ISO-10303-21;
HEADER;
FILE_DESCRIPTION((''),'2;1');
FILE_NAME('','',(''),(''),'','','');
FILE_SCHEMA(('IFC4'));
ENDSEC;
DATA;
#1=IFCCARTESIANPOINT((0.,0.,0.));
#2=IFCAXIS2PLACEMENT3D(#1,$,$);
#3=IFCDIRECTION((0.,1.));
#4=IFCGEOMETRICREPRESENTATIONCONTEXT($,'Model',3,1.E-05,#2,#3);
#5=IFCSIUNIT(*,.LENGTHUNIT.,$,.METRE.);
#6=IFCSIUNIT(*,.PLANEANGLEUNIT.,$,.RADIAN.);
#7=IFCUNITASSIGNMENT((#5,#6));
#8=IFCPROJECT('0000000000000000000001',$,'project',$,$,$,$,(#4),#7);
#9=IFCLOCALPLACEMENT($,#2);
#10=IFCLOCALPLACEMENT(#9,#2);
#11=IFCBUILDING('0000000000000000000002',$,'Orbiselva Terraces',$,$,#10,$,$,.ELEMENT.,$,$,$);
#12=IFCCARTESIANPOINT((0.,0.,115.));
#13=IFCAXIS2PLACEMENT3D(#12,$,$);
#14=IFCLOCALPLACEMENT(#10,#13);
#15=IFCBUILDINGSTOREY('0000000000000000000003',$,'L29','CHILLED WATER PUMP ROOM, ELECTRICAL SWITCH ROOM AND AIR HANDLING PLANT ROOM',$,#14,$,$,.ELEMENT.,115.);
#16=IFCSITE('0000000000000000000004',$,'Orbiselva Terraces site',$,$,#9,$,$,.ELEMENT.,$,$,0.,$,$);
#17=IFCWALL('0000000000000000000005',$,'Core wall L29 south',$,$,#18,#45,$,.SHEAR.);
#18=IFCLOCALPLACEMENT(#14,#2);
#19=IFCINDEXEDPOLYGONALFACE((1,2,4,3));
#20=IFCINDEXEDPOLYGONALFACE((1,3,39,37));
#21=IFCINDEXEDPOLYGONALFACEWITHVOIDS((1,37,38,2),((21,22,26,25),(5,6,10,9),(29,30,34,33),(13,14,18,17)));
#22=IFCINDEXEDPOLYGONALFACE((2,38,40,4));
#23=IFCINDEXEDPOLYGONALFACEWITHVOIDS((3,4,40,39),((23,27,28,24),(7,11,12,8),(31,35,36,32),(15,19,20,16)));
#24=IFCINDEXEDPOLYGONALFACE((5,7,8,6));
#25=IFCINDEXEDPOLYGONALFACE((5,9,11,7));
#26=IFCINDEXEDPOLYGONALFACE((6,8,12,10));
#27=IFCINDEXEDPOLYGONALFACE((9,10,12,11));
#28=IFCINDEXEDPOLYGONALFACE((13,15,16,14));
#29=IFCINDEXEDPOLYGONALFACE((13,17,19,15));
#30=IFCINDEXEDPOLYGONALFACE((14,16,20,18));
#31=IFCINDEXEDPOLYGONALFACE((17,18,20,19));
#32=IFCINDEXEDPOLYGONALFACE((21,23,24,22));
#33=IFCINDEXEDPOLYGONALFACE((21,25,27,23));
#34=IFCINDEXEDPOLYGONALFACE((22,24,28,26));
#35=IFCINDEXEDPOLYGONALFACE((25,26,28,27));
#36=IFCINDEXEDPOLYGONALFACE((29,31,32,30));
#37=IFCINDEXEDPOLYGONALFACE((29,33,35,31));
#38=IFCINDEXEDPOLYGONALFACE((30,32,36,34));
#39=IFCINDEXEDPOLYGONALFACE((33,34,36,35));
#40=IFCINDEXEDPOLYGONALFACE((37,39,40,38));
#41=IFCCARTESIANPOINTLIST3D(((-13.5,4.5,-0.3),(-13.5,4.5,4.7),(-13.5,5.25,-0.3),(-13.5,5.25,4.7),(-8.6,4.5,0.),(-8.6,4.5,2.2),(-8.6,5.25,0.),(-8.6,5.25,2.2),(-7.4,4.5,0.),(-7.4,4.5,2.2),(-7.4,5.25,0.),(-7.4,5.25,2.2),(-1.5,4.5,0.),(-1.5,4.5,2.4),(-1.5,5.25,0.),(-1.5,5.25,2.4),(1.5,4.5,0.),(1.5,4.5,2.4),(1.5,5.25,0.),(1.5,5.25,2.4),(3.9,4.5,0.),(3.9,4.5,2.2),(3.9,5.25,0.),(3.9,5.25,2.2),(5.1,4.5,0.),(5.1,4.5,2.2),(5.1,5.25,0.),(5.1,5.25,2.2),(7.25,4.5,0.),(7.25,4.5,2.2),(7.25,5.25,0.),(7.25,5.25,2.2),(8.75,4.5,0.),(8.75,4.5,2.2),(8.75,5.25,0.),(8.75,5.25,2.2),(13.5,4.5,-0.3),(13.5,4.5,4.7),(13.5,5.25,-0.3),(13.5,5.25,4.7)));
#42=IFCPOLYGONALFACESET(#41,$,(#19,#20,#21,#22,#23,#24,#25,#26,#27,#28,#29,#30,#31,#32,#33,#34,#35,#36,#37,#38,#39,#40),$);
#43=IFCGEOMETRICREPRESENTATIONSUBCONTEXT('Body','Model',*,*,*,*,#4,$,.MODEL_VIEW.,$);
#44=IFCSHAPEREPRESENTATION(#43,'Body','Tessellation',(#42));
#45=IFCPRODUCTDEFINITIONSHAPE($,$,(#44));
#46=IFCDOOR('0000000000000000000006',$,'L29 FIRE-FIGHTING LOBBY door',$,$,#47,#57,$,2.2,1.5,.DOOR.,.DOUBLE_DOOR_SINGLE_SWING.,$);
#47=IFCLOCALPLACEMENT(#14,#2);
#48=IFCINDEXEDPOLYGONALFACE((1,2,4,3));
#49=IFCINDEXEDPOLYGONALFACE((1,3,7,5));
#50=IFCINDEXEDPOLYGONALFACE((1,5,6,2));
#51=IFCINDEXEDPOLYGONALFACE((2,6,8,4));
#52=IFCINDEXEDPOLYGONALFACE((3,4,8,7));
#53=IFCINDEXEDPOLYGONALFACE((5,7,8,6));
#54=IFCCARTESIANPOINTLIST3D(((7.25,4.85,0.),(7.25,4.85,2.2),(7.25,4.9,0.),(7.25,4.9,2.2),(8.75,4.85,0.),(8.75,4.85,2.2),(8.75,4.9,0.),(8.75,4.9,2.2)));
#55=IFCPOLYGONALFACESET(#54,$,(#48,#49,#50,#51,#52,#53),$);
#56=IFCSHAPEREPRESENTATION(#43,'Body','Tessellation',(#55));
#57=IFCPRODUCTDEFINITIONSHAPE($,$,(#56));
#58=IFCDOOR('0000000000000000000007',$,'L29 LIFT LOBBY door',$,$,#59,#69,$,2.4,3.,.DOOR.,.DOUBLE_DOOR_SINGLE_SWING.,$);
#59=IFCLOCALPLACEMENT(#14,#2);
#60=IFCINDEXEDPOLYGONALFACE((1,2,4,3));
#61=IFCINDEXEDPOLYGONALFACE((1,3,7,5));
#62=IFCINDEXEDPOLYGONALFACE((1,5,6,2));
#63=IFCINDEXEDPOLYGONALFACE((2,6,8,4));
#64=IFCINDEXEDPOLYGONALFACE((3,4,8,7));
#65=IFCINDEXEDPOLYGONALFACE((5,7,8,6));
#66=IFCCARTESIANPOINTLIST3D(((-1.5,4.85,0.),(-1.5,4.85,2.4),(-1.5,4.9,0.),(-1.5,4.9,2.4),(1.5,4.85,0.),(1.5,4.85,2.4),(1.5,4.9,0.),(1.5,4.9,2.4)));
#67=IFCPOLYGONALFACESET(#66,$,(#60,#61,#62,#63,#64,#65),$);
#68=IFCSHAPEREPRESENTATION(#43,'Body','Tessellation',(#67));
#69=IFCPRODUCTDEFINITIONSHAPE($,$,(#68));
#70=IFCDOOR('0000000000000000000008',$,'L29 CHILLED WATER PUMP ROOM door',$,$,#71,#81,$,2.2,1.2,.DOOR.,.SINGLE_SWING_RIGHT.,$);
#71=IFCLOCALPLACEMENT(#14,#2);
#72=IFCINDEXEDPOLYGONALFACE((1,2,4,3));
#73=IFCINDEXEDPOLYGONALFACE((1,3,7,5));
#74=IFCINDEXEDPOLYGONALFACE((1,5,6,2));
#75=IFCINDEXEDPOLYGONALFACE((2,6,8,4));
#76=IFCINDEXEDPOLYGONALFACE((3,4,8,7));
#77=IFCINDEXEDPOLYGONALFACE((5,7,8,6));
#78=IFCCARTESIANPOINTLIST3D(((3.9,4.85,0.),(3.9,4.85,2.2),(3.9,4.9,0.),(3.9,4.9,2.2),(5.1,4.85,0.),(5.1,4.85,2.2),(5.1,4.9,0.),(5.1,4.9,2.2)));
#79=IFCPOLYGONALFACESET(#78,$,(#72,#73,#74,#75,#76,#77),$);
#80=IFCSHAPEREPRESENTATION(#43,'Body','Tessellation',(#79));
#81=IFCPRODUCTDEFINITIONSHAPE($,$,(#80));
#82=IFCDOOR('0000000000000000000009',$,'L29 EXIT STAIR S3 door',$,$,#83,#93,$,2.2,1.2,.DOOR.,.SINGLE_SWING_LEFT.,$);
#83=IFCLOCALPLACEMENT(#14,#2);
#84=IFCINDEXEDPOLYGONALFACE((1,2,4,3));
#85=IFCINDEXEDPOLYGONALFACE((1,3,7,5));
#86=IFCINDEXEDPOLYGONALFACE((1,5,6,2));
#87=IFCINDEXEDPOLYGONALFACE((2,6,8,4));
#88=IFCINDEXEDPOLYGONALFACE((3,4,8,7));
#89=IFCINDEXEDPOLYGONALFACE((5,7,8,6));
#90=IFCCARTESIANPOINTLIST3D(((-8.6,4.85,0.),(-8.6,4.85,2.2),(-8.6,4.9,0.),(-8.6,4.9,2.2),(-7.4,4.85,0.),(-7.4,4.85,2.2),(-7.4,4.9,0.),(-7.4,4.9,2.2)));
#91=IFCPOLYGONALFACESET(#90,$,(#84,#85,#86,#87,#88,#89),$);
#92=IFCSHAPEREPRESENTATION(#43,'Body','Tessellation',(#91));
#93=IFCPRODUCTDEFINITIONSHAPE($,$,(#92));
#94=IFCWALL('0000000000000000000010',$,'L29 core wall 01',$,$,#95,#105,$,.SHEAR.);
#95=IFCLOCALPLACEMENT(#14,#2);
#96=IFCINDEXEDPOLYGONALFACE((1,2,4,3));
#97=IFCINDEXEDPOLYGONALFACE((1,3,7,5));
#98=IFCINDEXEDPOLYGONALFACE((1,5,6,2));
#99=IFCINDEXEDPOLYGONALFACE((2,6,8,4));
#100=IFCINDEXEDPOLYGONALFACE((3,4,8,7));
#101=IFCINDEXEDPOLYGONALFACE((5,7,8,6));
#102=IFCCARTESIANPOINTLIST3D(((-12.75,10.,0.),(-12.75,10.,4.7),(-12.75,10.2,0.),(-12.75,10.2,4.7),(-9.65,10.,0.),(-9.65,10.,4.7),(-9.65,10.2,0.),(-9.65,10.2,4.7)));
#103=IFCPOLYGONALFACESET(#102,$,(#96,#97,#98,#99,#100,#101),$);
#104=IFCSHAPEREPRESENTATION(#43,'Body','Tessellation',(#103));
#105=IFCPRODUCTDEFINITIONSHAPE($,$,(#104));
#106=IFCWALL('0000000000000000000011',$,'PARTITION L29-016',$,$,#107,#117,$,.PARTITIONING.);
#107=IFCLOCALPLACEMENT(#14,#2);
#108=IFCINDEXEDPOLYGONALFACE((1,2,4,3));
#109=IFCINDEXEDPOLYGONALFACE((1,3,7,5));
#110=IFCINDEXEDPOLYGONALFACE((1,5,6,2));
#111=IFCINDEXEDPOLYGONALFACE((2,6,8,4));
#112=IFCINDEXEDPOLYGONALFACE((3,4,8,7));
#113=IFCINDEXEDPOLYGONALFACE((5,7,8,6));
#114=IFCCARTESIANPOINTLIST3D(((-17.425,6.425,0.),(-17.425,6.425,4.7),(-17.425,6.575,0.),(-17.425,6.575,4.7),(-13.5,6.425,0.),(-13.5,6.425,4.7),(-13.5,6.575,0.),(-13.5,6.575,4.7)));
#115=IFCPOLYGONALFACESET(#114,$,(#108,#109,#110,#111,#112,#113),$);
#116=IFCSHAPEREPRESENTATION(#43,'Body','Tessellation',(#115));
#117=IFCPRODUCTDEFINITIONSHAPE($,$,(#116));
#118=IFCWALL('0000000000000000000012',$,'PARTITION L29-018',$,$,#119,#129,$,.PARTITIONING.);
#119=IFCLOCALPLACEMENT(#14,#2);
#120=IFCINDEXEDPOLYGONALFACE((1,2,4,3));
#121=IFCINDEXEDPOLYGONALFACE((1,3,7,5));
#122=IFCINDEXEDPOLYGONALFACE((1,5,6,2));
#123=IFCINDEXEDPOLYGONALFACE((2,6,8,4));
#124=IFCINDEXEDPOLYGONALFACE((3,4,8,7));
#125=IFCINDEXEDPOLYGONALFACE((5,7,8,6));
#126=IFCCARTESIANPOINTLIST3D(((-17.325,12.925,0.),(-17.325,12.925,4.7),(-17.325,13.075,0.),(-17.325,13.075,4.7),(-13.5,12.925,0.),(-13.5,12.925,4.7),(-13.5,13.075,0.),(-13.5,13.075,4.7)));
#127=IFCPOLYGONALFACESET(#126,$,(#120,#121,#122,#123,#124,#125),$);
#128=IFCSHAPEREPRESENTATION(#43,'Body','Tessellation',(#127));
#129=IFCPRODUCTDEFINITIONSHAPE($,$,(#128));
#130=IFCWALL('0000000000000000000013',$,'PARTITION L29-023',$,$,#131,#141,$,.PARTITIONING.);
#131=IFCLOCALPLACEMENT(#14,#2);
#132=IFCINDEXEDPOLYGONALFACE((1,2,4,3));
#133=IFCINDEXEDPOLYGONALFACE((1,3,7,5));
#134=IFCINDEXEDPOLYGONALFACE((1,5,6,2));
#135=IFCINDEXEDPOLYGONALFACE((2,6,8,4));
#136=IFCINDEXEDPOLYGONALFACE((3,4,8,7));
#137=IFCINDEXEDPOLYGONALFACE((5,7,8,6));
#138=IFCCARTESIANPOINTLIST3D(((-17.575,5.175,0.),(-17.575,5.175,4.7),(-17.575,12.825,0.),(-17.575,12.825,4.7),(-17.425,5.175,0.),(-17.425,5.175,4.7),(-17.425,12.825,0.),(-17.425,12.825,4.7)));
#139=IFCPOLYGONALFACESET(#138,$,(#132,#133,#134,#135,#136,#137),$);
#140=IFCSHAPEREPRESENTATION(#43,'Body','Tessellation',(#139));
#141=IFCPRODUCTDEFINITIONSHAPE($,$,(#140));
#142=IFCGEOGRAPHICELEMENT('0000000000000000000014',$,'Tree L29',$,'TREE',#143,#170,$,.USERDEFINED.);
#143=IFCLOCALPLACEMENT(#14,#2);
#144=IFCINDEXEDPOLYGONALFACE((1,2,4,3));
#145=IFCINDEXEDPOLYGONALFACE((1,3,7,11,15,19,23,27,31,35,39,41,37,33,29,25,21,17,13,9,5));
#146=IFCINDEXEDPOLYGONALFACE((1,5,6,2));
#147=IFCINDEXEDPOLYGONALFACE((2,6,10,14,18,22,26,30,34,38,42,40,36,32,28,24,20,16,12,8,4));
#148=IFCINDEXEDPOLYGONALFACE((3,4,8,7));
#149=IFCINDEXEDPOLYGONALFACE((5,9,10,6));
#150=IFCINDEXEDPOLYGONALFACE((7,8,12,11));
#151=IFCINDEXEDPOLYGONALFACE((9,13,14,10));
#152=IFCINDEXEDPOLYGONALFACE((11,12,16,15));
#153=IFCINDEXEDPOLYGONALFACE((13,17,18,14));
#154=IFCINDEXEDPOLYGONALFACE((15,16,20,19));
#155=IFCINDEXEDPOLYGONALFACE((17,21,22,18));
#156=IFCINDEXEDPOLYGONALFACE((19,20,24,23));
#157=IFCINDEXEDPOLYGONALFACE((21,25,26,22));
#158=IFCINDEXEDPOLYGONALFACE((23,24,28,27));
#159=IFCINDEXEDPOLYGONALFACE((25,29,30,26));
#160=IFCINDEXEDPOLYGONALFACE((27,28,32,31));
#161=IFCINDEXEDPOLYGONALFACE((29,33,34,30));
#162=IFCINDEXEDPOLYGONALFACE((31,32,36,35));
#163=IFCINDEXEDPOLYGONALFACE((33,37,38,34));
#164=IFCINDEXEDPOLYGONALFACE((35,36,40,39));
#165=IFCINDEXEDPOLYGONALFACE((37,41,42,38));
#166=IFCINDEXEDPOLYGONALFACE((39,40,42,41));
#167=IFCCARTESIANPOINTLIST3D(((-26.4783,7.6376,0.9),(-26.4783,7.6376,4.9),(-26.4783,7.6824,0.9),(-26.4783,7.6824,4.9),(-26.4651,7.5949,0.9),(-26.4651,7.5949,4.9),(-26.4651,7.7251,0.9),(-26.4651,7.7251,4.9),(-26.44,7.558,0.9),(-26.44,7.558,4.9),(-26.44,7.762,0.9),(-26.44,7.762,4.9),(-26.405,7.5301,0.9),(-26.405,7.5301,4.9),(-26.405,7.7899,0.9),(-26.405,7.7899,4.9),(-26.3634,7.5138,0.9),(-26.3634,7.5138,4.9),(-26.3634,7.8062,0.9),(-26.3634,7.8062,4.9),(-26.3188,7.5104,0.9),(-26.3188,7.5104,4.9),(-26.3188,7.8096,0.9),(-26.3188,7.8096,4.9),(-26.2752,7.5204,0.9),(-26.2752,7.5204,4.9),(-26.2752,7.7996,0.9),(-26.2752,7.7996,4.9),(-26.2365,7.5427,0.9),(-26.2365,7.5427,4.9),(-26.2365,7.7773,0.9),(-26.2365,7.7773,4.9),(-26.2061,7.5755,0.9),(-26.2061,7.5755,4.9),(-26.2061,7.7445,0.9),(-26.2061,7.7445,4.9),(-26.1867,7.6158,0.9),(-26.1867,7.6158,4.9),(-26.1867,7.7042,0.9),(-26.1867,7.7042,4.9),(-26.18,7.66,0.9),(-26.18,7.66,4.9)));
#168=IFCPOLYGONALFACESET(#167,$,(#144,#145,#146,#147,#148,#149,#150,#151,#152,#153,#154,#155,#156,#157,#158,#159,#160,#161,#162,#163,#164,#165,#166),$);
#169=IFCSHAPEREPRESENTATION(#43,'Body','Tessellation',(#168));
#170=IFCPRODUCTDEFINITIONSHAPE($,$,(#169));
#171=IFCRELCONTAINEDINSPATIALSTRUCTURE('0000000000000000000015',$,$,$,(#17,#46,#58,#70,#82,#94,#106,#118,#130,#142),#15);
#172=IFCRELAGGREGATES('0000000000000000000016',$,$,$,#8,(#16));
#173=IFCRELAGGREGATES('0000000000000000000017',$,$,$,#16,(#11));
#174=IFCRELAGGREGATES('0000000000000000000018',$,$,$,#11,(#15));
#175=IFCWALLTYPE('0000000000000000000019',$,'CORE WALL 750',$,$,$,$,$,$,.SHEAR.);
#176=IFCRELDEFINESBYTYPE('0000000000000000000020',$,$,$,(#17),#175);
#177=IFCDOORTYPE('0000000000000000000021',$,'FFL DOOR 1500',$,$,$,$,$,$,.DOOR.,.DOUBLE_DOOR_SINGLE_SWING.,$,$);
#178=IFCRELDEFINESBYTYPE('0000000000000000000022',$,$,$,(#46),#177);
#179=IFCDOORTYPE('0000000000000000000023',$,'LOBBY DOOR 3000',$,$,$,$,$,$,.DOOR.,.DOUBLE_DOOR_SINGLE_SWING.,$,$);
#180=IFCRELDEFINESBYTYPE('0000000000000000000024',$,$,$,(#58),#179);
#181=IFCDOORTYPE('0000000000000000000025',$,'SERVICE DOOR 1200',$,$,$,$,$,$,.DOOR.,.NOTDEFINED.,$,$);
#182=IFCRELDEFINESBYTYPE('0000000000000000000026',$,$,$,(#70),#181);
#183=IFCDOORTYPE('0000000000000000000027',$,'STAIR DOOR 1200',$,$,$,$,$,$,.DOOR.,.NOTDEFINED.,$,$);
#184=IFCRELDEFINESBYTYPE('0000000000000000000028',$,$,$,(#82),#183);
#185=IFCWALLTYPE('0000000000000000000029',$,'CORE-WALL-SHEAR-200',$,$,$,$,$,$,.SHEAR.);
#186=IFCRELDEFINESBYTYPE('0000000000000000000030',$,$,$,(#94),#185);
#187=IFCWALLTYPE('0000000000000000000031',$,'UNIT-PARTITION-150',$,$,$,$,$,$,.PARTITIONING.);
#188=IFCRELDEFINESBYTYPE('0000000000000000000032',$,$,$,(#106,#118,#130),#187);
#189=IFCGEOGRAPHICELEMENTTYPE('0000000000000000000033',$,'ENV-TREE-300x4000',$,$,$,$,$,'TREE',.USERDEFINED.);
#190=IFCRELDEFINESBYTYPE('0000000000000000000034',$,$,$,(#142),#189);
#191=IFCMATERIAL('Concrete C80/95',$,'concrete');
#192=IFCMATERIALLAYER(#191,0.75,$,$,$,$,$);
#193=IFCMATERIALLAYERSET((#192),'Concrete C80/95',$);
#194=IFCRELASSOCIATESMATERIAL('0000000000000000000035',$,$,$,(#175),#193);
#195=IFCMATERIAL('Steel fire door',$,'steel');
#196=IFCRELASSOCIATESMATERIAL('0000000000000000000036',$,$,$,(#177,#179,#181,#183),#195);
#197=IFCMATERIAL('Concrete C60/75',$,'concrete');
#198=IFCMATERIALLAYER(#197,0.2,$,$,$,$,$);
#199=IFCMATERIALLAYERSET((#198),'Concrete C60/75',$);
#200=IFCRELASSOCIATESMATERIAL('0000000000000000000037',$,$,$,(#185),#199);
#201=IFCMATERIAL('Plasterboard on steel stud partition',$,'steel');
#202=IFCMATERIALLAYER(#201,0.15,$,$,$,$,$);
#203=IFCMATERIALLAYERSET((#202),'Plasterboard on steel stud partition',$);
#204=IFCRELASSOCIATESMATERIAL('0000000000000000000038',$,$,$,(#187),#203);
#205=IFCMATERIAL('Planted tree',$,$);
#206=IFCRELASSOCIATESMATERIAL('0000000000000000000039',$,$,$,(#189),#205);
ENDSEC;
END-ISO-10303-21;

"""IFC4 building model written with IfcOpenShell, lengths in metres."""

from ifc_helpers import new_model, si_unit, direction, frame, frame_2d, origin, origin_2d, place, context, subcontext, project, spatial, rectangle, circle, extrude, material, layer, layer_set, type_object, element, fill, save


model = new_model("IFC4")

# Units and contexts
model_context = context("Model", 3, precision=1e-05, world=origin(), true_north=direction((0.0, 1.0)))
body_context = subcontext(model_context, "Body", "Model", "MODEL_VIEW")
ifc_project = project(units=[si_unit("LENGTHUNIT", "METRE"), si_unit("PLANEANGLEUNIT", "RADIAN")], contexts=[model_context])

# Site, building, storey
site_placement = place(None, origin())
site = spatial("IfcSite", under=ifc_project, at=site_placement, Name="Orbiselva Terraces site", CompositionType="ELEMENT", RefElevation=0.0)
building_placement = place(site_placement, origin())
building = spatial("IfcBuilding", under=site, at=building_placement, Name="Orbiselva Terraces", CompositionType="ELEMENT")
storey_placement = place(building_placement, frame((0.0, 0.0, 115.0)))
storey = spatial("IfcBuildingStorey", under=building, at=storey_placement, Name="L29", Description="CHILLED WATER PUMP ROOM, ELECTRICAL SWITCH ROOM AND AIR HANDLING PLANT ROOM", CompositionType="ELEMENT", Elevation=115.0)

# Shared definitions
ifc_material_1 = material(Name="Concrete C60/75", Category="concrete")

# Wall, openings, doors
ifc_material_2 = material(Name="Concrete C80/95", Category="concrete")
ifc_layer_1 = layer(ifc_material_2, 0.75)
ifc_layer_set_1 = layer_set([ifc_layer_1], Name="Concrete C80/95")
wall_type_1 = type_object("IfcWallType", Name="CORE WALL 750", PredefinedType="SHEAR", material=ifc_layer_set_1)
wall_1_placement = place(storey_placement, frame((-13.5, 4.875, -0.3), z_axis=(0.0, 0.0, 1.0), x_axis=(1.0, 0.0, 0.0)))
wall_1 = element("IfcWall", 1, at=wall_1_placement, inside=storey, type_object=wall_type_1, Name="Core wall L29 south", PredefinedType="SHEAR", context=body_context, shape_type="SweptSolid", body=[
    extrude(rectangle(XDim=27.0, YDim=0.75, at=frame_2d((13.5, 0.0))), origin(), (0.0, 0.0, 1.0), 5.0),
])
opening_1_placement = place(wall_1_placement, frame((12.0, 0.0, 0.3)))
opening_1 = element("IfcOpeningElement", 2, at=opening_1_placement, cuts=wall_1, PredefinedType="OPENING", context=body_context, shape_type="SweptSolid", body=[
    extrude(rectangle(XDim=3.0, YDim=2.4, at=frame_2d((1.5, 1.2))), frame((0.0, 0.385, 0.0), z_axis=(0.0, -1.0, 0.0), x_axis=(1.0, 0.0, 0.0)), (0.0, 0.0, 1.0), 0.77),
])
opening_2_placement = place(wall_1_placement, frame((4.9, 0.0, 0.3)))
opening_2 = element("IfcOpeningElement", 3, at=opening_2_placement, cuts=wall_1, PredefinedType="OPENING", context=body_context, shape_type="SweptSolid", body=[
    extrude(rectangle(XDim=1.2, YDim=2.2, at=frame_2d((0.6, 1.1))), frame((0.0, 0.385, 0.0), z_axis=(0.0, -1.0, 0.0), x_axis=(1.0, 0.0, 0.0)), (0.0, 0.0, 1.0), 0.77),
])
opening_3_placement = place(wall_1_placement, frame((20.75, 0.0, 0.3)))
opening_3 = element("IfcOpeningElement", 4, at=opening_3_placement, cuts=wall_1, PredefinedType="OPENING", context=body_context, shape_type="SweptSolid", body=[
    extrude(rectangle(XDim=1.5, YDim=2.2, at=frame_2d((0.75, 1.1))), frame((0.0, 0.385, 0.0), z_axis=(0.0, -1.0, 0.0), x_axis=(1.0, 0.0, 0.0)), (0.0, 0.0, 1.0), 0.77),
])
opening_4_placement = place(wall_1_placement, frame((17.4, 0.0, 0.3)))
opening_4 = element("IfcOpeningElement", 5, at=opening_4_placement, cuts=wall_1, PredefinedType="OPENING", context=body_context, shape_type="SweptSolid", body=[
    extrude(rectangle(XDim=1.2, YDim=2.2, at=frame_2d((0.6, 1.1))), frame((0.0, 0.385, 0.0), z_axis=(0.0, -1.0, 0.0), x_axis=(1.0, 0.0, 0.0)), (0.0, 0.0, 1.0), 0.77),
])
ifc_material_3 = material(Name="Steel fire door", Category="steel")
door_type_1 = type_object("IfcDoorType", Name="FFL DOOR 1500", OperationType="DOUBLE_DOOR_SINGLE_SWING", PredefinedType="DOOR", material=ifc_material_3)
door_1_placement = place(opening_3_placement, frame((1.5, 0.0, 0.0), z_axis=(0.0, 0.0, 1.0), x_axis=(-1.0, 0.0, 0.0)))
door_1 = element("IfcDoor", 6, at=door_1_placement, inside=storey, type_object=door_type_1, Name="L29 FIRE-FIGHTING LOBBY door", OperationType="DOUBLE_DOOR_SINGLE_SWING", OverallHeight=2.2, OverallWidth=1.5, PredefinedType="DOOR", context=body_context, shape_type="SweptSolid", body=[
    extrude(rectangle(XDim=1.5, YDim=2.2, at=frame_2d((0.75, 1.1))), frame((0.0, 0.025, 0.0), z_axis=(0.0, -1.0, 0.0), x_axis=(1.0, 0.0, 0.0)), (0.0, 0.0, 1.0), 0.05),
])
fill(opening_3, door_1)
door_type_2 = type_object("IfcDoorType", Name="LOBBY DOOR 3000", OperationType="DOUBLE_DOOR_SINGLE_SWING", PredefinedType="DOOR", material=ifc_material_3)
door_2_placement = place(opening_1_placement, frame((3.0, 0.0, 0.0), z_axis=(0.0, 0.0, 1.0), x_axis=(-1.0, 0.0, 0.0)))
door_2 = element("IfcDoor", 7, at=door_2_placement, inside=storey, type_object=door_type_2, Name="L29 LIFT LOBBY door", OperationType="DOUBLE_DOOR_SINGLE_SWING", OverallHeight=2.4, OverallWidth=3.0, PredefinedType="DOOR", context=body_context, shape_type="SweptSolid", body=[
    extrude(rectangle(XDim=3.0, YDim=2.4, at=frame_2d((1.5, 1.2))), frame((0.0, 0.025, 0.0), z_axis=(0.0, -1.0, 0.0), x_axis=(1.0, 0.0, 0.0)), (0.0, 0.0, 1.0), 0.05),
])
fill(opening_1, door_2)
door_type_3 = type_object("IfcDoorType", Name="SERVICE DOOR 1200", OperationType="NOTDEFINED", PredefinedType="DOOR", material=ifc_material_3)
door_3_placement = place(opening_4_placement, frame((1.2, 0.0, 0.0), z_axis=(0.0, 0.0, 1.0), x_axis=(-1.0, 0.0, 0.0)))
door_3 = element("IfcDoor", 8, at=door_3_placement, inside=storey, type_object=door_type_3, Name="L29 CHILLED WATER PUMP ROOM door", OperationType="SINGLE_SWING_RIGHT", OverallHeight=2.2, OverallWidth=1.2, PredefinedType="DOOR", context=body_context, shape_type="SweptSolid", body=[
    extrude(rectangle(XDim=1.2, YDim=2.2, at=frame_2d((0.6, 1.1))), frame((0.0, 0.025, 0.0), z_axis=(0.0, -1.0, 0.0), x_axis=(1.0, 0.0, 0.0)), (0.0, 0.0, 1.0), 0.05),
])
fill(opening_4, door_3)
door_type_4 = type_object("IfcDoorType", Name="STAIR DOOR 1200", OperationType="NOTDEFINED", PredefinedType="DOOR", material=ifc_material_3)
door_4_placement = place(opening_2_placement, frame((1.2, 0.0, 0.0), z_axis=(0.0, 0.0, 1.0), x_axis=(-1.0, 0.0, 0.0)))
door_4 = element("IfcDoor", 9, at=door_4_placement, inside=storey, type_object=door_type_4, Name="L29 EXIT STAIR S3 door", OperationType="SINGLE_SWING_LEFT", OverallHeight=2.2, OverallWidth=1.2, PredefinedType="DOOR", context=body_context, shape_type="SweptSolid", body=[
    extrude(rectangle(XDim=1.2, YDim=2.2, at=frame_2d((0.6, 1.1))), frame((0.0, 0.025, 0.0), z_axis=(0.0, -1.0, 0.0), x_axis=(1.0, 0.0, 0.0)), (0.0, 0.0, 1.0), 0.05),
])
fill(opening_2, door_4)

# Walls
ifc_layer_2 = layer(ifc_material_1, 0.2)
ifc_layer_set_2 = layer_set([ifc_layer_2], Name="Concrete C60/75")
wall_type_2 = type_object("IfcWallType", Name="CORE-WALL-SHEAR-200", PredefinedType="SHEAR", material=ifc_layer_set_2)
wall_2_placement = place(storey_placement, frame((-12.75, 10.1, 0.0), z_axis=(0.0, 0.0, 1.0), x_axis=(1.0, 0.0, 0.0)))
element("IfcWall", 10, at=wall_2_placement, inside=storey, type_object=wall_type_2, Name="L29 core wall 01", PredefinedType="SHEAR", context=body_context, shape_type="SweptSolid", body=[
    extrude(rectangle(XDim=3.1, YDim=0.2, at=frame_2d((1.55, 0.0))), origin(), (0.0, 0.0, 1.0), 4.7),
])
ifc_material_4 = material(Name="Plasterboard on steel stud partition", Category="steel")
ifc_layer_3 = layer(ifc_material_4, 0.15)
ifc_layer_set_3 = layer_set([ifc_layer_3], Name="Plasterboard on steel stud partition")
wall_type_3 = type_object("IfcWallType", Name="UNIT-PARTITION-150", PredefinedType="PARTITIONING", material=ifc_layer_set_3)
wall_3_placement = place(storey_placement, frame((-17.425, 6.5, 0.0), z_axis=(0.0, 0.0, 1.0), x_axis=(1.0, 0.0, 0.0)))
element("IfcWall", 11, at=wall_3_placement, inside=storey, type_object=wall_type_3, Name="PARTITION L29-016", PredefinedType="PARTITIONING", context=body_context, shape_type="SweptSolid", body=[
    extrude(rectangle(XDim=3.925, YDim=0.15, at=frame_2d((1.9625, 0.0))), origin(), (0.0, 0.0, 1.0), 4.7),
])
wall_4_placement = place(storey_placement, frame((-17.325, 13.0, 0.0), z_axis=(0.0, 0.0, 1.0), x_axis=(1.0, 0.0, 0.0)))
element("IfcWall", 12, at=wall_4_placement, inside=storey, type_object=wall_type_3, Name="PARTITION L29-018", PredefinedType="PARTITIONING", context=body_context, shape_type="SweptSolid", body=[
    extrude(rectangle(XDim=3.825, YDim=0.15, at=frame_2d((1.9125, 0.0))), origin(), (0.0, 0.0, 1.0), 4.7),
])
wall_5_placement = place(storey_placement, frame((-17.5, 5.175, 0.0), z_axis=(0.0, 0.0, 1.0), x_axis=(0.0, 1.0, 0.0)))
element("IfcWall", 13, at=wall_5_placement, inside=storey, type_object=wall_type_3, Name="PARTITION L29-023", PredefinedType="PARTITIONING", context=body_context, shape_type="SweptSolid", body=[
    extrude(rectangle(XDim=7.65, YDim=0.15, at=frame_2d((3.825, 0.0))), origin(), (0.0, 0.0, 1.0), 4.7),
])

# Geographic element
ifc_material_5 = material(Name="Planted tree")
geographic_element_type = type_object("IfcGeographicElementType", Name="ENV-TREE-300x4000", ElementType="TREE", PredefinedType="USERDEFINED", material=ifc_material_5)
geographic_element_placement = place(storey_placement, frame((-26.33, 7.66, 4.9), z_axis=(0.0, 0.0, -1.0), x_axis=(1.0, 0.0, 0.0)))
element("IfcGeographicElement", 14, at=geographic_element_placement, inside=storey, type_object=geographic_element_type, Name="Tree L29", ObjectType="TREE", PredefinedType="USERDEFINED", context=body_context, shape_type="SweptSolid", body=[
    extrude(circle(Radius=0.15, at=origin_2d()), origin(), (0.0, 0.0, 1.0), 4.0),
])

save(model, "model.ifc")
